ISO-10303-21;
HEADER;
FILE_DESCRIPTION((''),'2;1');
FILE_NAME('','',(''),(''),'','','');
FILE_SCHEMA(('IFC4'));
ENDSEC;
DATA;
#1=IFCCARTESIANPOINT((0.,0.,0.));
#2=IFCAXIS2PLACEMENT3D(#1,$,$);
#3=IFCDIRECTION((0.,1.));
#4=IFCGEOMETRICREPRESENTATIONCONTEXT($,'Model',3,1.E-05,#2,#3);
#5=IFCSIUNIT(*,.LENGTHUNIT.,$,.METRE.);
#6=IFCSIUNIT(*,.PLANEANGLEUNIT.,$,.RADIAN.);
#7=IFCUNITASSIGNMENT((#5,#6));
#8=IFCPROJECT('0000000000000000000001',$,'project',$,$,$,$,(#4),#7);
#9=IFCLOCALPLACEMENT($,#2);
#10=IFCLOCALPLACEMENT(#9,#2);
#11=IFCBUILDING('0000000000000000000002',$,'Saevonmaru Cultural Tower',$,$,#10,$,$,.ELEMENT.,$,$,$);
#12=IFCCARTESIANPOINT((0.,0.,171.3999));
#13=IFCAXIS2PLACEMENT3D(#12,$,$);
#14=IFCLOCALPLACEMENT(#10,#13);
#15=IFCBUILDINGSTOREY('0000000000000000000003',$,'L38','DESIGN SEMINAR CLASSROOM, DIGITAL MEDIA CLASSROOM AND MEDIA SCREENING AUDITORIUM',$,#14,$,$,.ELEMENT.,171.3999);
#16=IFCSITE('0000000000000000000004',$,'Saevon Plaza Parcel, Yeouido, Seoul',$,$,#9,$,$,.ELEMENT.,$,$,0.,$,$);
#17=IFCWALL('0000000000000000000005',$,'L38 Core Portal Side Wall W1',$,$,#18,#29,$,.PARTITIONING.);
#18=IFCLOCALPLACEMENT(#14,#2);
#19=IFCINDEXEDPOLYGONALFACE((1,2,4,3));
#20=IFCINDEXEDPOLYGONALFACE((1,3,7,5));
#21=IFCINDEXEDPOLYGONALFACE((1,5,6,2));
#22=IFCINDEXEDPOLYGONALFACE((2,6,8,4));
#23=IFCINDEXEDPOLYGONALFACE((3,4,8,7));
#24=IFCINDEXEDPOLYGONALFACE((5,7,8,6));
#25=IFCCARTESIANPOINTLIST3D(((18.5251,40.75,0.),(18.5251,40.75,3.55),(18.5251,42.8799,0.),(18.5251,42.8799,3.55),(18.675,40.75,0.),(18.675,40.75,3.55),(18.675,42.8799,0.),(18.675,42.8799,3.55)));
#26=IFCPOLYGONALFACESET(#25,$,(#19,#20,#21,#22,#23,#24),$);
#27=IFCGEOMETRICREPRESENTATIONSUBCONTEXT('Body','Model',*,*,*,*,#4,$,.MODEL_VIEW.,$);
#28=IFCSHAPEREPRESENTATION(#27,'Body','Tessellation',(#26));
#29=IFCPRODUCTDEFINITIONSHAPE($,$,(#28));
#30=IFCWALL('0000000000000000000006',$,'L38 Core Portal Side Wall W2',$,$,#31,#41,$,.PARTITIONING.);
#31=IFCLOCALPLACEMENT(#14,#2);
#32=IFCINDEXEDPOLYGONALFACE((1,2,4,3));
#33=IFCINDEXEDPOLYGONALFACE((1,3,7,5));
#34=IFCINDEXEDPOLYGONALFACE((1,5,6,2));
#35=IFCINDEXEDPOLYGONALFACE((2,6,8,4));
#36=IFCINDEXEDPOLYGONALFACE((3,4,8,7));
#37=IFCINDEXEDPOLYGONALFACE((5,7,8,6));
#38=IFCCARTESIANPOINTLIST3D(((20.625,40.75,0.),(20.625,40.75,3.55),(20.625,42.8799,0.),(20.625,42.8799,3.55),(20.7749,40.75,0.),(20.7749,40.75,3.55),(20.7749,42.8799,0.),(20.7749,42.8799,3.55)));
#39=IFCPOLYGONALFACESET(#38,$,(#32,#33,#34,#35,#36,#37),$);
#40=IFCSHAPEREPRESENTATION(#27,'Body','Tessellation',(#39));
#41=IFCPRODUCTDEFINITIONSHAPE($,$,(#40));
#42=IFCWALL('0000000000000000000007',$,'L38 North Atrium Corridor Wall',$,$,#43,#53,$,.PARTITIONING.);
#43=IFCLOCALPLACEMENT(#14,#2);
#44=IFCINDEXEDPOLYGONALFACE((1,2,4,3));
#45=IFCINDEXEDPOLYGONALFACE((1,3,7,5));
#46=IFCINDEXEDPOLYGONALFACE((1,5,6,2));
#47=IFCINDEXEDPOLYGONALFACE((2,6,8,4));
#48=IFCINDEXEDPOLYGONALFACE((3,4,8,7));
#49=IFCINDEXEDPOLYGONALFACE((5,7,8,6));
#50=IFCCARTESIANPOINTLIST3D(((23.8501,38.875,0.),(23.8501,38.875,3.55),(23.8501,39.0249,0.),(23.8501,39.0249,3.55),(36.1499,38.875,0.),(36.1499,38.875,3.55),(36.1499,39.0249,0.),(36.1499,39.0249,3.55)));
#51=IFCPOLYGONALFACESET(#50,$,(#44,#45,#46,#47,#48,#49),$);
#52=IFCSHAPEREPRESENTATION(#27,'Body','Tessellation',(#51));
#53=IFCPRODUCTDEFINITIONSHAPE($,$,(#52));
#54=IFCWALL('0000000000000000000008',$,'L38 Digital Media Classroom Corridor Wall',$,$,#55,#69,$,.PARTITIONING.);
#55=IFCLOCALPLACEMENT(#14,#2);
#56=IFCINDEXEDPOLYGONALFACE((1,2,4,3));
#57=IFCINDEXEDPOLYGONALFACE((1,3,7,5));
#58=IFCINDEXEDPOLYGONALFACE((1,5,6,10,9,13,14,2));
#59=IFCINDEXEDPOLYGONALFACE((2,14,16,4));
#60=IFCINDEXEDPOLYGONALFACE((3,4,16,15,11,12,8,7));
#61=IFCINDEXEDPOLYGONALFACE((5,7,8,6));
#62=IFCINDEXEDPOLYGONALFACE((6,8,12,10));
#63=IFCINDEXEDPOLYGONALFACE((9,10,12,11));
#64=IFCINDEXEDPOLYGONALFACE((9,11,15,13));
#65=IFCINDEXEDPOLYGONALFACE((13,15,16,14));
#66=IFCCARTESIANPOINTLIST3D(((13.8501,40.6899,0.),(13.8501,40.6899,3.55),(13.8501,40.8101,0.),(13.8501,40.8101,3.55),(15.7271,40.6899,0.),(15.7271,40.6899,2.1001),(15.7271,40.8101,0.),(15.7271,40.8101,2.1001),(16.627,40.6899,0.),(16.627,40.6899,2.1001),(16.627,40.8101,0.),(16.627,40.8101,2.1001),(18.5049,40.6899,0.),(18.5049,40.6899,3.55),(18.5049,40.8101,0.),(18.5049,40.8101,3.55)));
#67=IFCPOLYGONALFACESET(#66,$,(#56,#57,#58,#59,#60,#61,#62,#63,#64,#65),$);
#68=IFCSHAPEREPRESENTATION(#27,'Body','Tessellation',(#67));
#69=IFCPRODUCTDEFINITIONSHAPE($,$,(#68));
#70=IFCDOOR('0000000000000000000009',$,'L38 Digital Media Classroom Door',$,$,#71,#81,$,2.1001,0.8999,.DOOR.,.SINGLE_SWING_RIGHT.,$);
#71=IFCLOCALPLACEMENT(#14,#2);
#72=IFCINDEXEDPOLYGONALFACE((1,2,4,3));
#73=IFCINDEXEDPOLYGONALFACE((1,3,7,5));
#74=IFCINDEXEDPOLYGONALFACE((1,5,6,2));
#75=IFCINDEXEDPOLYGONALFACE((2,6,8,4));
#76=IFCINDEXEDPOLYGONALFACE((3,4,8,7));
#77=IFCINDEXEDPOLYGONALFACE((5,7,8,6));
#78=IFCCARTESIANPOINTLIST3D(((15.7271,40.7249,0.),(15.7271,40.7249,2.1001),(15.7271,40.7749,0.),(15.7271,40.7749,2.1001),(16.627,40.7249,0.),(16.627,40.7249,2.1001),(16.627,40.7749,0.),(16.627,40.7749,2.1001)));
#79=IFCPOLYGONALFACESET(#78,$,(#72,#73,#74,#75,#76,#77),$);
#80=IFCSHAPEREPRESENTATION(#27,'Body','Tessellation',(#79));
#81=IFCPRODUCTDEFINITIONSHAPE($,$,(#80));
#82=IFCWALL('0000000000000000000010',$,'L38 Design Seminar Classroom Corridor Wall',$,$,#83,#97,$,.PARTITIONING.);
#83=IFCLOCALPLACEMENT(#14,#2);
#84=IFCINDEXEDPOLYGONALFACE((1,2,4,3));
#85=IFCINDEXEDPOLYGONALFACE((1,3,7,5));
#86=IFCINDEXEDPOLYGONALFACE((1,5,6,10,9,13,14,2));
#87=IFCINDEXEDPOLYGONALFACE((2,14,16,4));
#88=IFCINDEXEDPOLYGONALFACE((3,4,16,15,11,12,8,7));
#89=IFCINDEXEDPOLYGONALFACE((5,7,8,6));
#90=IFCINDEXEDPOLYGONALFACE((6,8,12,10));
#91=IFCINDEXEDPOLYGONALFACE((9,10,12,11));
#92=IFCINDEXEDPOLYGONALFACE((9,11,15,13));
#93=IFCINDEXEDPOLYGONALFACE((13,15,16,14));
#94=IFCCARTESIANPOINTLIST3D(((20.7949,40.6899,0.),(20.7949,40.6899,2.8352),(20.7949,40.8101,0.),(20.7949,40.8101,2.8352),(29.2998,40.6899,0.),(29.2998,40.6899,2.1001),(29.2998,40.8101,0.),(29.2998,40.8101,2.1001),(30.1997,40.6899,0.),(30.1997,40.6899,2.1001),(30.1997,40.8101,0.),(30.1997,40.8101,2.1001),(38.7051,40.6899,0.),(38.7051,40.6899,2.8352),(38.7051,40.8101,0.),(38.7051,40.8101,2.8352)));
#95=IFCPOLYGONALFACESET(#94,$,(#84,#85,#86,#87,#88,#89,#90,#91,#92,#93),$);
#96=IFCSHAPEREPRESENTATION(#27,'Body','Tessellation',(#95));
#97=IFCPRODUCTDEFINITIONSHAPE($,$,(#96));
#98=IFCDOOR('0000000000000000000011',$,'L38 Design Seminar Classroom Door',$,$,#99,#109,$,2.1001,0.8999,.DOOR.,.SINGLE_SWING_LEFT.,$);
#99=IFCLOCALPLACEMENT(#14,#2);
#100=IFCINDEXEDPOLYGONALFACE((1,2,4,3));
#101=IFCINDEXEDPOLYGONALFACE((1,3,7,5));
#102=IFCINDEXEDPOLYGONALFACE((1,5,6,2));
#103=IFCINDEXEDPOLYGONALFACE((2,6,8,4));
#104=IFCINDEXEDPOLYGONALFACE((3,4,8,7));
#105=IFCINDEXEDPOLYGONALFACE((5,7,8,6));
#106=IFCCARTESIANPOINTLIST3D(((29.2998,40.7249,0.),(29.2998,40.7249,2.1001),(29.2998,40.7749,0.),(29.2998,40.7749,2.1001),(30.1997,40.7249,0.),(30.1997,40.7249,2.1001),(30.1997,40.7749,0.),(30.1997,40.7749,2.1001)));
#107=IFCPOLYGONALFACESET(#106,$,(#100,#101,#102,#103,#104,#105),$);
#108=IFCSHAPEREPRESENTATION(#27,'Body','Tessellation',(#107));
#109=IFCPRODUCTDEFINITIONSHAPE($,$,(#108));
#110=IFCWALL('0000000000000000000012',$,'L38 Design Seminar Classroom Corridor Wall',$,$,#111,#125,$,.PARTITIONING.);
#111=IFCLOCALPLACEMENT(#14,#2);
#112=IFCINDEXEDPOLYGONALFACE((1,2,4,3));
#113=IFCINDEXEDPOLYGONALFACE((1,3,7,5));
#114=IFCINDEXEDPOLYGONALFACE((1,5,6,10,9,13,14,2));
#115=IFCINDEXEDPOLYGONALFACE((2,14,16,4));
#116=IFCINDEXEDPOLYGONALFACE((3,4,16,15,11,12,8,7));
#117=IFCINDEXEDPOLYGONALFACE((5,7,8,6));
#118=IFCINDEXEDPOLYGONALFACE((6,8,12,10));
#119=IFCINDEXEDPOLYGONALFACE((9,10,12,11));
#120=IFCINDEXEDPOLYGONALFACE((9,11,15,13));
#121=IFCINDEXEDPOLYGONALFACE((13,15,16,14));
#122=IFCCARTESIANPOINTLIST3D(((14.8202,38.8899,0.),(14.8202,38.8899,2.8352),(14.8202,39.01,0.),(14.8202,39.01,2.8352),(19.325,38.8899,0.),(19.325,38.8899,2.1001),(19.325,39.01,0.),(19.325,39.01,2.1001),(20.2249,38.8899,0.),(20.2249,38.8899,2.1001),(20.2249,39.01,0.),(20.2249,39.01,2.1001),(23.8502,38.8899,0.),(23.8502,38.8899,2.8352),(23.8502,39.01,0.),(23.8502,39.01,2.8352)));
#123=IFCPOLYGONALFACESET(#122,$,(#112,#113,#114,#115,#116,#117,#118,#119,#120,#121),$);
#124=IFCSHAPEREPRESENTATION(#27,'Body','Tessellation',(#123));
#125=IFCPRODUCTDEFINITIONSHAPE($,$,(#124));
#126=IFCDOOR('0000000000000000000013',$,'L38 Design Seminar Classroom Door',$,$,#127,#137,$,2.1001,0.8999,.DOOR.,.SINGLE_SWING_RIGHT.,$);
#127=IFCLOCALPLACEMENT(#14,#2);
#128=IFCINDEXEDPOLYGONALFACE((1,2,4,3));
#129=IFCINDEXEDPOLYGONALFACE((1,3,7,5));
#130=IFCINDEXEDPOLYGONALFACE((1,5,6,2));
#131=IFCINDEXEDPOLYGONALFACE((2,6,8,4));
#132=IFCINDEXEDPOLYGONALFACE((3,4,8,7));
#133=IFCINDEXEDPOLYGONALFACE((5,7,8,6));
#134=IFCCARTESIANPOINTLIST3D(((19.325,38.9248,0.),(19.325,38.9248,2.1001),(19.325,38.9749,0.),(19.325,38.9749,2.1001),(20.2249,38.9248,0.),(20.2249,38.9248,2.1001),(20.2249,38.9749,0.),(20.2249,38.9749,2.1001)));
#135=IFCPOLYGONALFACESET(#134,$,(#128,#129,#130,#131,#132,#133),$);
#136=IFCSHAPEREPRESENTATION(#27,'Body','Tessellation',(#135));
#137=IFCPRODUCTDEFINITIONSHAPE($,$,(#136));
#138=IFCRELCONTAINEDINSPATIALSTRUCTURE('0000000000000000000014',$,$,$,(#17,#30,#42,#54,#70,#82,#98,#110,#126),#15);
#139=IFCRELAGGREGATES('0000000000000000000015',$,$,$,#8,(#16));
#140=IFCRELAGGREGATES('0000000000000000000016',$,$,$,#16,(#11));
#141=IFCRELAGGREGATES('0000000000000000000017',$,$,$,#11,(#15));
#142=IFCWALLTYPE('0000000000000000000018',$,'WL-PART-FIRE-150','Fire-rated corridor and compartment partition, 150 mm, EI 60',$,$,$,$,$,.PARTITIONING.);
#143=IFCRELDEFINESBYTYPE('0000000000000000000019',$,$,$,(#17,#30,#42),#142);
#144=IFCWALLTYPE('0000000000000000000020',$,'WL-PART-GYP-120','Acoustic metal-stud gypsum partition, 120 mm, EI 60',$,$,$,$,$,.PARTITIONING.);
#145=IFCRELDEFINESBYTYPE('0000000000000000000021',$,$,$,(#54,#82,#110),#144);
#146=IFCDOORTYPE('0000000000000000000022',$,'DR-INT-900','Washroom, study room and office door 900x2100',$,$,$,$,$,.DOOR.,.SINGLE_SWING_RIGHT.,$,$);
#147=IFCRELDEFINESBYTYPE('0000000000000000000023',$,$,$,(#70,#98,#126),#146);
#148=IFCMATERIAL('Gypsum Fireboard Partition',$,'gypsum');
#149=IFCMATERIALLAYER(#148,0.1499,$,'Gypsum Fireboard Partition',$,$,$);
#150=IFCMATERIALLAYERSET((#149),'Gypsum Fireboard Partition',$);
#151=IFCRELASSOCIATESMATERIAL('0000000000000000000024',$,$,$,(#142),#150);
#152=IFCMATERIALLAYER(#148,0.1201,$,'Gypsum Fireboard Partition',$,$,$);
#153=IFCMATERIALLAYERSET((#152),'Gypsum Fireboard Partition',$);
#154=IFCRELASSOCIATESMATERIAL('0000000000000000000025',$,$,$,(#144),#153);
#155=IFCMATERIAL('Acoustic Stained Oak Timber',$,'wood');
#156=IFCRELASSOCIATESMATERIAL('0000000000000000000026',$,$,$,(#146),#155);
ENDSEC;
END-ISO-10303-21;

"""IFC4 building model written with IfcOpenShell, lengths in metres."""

from ifc_helpers import new_model, si_unit, direction, frame, frame_2d, origin, place, context, subcontext, project, spatial, rectangle, extrude, material, layer, layer_set, type_object, element, fill, save


model = new_model("IFC4")

# Units and contexts
model_context = context("Model", 3, precision=1e-05, world=origin(), true_north=direction((0.0, 1.0)))
body_context = subcontext(model_context, "Body", "Model", "MODEL_VIEW")
ifc_project = project(units=[si_unit("LENGTHUNIT", "METRE"), si_unit("PLANEANGLEUNIT", "RADIAN")], contexts=[model_context])

# Site, building, storey
site_placement = place(None, origin())
site = spatial("IfcSite", under=ifc_project, at=site_placement, Name="Saevon Plaza Parcel, Yeouido, Seoul", CompositionType="ELEMENT", RefElevation=0.0)
building_placement = place(site_placement, origin())
building = spatial("IfcBuilding", under=site, at=building_placement, Name="Saevonmaru Cultural Tower", CompositionType="ELEMENT")
storey_placement = place(building_placement, frame((0.0, 0.0, 171.3999)))
storey = spatial("IfcBuildingStorey", under=building, at=storey_placement, Name="L38", Description="DESIGN SEMINAR CLASSROOM, DIGITAL MEDIA CLASSROOM AND MEDIA SCREENING AUDITORIUM", CompositionType="ELEMENT", Elevation=171.3999)

# Walls
ifc_material_1 = material(Name="Gypsum Fireboard Partition", Category="gypsum")
ifc_layer_1 = layer(ifc_material_1, 0.1499, Name="Gypsum Fireboard Partition")
ifc_layer_set_1 = layer_set([ifc_layer_1], Name="Gypsum Fireboard Partition")
wall_type_1 = type_object("IfcWallType", Name="WL-PART-FIRE-150", Description="Fire-rated corridor and compartment partition, 150 mm, EI 60", PredefinedType="PARTITIONING", material=ifc_layer_set_1)
for number, where, z_axis, x_axis, name in (
    (1, (18.6001, 40.75, 0.0), (0.0, 0.0, 1.0), (0.0, 1.0, 0.0), "L38 Core Portal Side Wall W1"),
    (2, (20.7, 40.75, 0.0), (0.0, 0.0, 1.0), (0.0, 1.0, 0.0), "L38 Core Portal Side Wall W2"),
):
    element("IfcWall", number, at=place(storey_placement, frame(where, z_axis=z_axis, x_axis=x_axis)), inside=storey, type_object=wall_type_1, Name=name, PredefinedType="PARTITIONING", context=body_context, shape_type="SweptSolid", body=[
        extrude(rectangle(XDim=2.1299, YDim=0.1499, at=frame_2d((1.0649, 0.0))), origin(), (0.0, 0.0, 1.0), 3.55),
    ])
wall_1_placement = place(storey_placement, frame((23.8501, 38.95, 0.0), z_axis=(0.0, 0.0, 1.0), x_axis=(1.0, 0.0, 0.0)))
element("IfcWall", 3, at=wall_1_placement, inside=storey, type_object=wall_type_1, Name="L38 North Atrium Corridor Wall", PredefinedType="PARTITIONING", context=body_context, shape_type="SweptSolid", body=[
    extrude(rectangle(XDim=12.2998, YDim=0.1499, at=frame_2d((6.1499, 0.0))), origin(), (0.0, 0.0, 1.0), 3.55),
])

# Walls, openings, doors
ifc_layer_2 = layer(ifc_material_1, 0.1201, Name="Gypsum Fireboard Partition")
ifc_layer_set_2 = layer_set([ifc_layer_2], Name="Gypsum Fireboard Partition")
wall_type_2 = type_object("IfcWallType", Name="WL-PART-GYP-120", Description="Acoustic metal-stud gypsum partition, 120 mm, EI 60", PredefinedType="PARTITIONING", material=ifc_layer_set_2)
wall_2_placement = place(storey_placement, frame((13.8501, 40.75, 0.0), z_axis=(0.0, 0.0, 1.0), x_axis=(1.0, 0.0, 0.0)))
wall_2 = element("IfcWall", 4, at=wall_2_placement, inside=storey, type_object=wall_type_2, Name="L38 Digital Media Classroom Corridor Wall", PredefinedType="PARTITIONING", context=body_context, shape_type="SweptSolid", body=[
    extrude(rectangle(XDim=4.6548, YDim=0.1201, at=frame_2d((2.3274, 0.0))), origin(), (0.0, 0.0, 1.0), 3.55),
])
opening_1_placement = place(wall_2_placement, frame((1.877, 0.0, 0.0)))
opening_1 = element("IfcOpeningElement", 5, at=opening_1_placement, cuts=wall_2, PredefinedType="OPENING", context=body_context, shape_type="SweptSolid", body=[
    extrude(rectangle(XDim=0.8999, YDim=2.1001, at=frame_2d((0.45, 1.05))), frame((0.0, 0.0701, 0.0), z_axis=(0.0, -1.0, 0.0), x_axis=(1.0, 0.0, 0.0)), (0.0, 0.0, 1.0), 0.1401),
])
ifc_material_2 = material(Name="Acoustic Stained Oak Timber", Category="wood")
door_type = type_object("IfcDoorType", Name="DR-INT-900", Description="Washroom, study room and office door 900x2100", OperationType="SINGLE_SWING_RIGHT", PredefinedType="DOOR", material=ifc_material_2)
door_1_placement = place(opening_1_placement, origin())
door_1 = element("IfcDoor", 6, at=door_1_placement, inside=storey, type_object=door_type, Name="L38 Digital Media Classroom Door", OperationType="SINGLE_SWING_RIGHT", OverallHeight=2.1001, OverallWidth=0.8999, PredefinedType="DOOR", context=body_context, shape_type="SweptSolid", body=[
    extrude(rectangle(XDim=0.8999, YDim=2.1001, at=frame_2d((0.45, 1.05))), frame((0.0, 0.0249, 0.0), z_axis=(0.0, -1.0, 0.0), x_axis=(1.0, 0.0, 0.0)), (0.0, 0.0, 1.0), 0.05),
])
fill(opening_1, door_1)
wall_3_placement = place(storey_placement, frame((20.7949, 40.75, 0.0), z_axis=(0.0, 0.0, 1.0), x_axis=(1.0, 0.0, 0.0)))
wall_3 = element("IfcWall", 7, at=wall_3_placement, inside=storey, type_object=wall_type_2, Name="L38 Design Seminar Classroom Corridor Wall", PredefinedType="PARTITIONING", context=body_context, shape_type="SweptSolid", body=[
    extrude(rectangle(XDim=17.9102, YDim=0.1201, at=frame_2d((8.9551, 0.0))), origin(), (0.0, 0.0, 1.0), 2.8352),
])
opening_2_placement = place(wall_3_placement, frame((8.5049, 0.0, 0.0)))
opening_2 = element("IfcOpeningElement", 8, at=opening_2_placement, cuts=wall_3, PredefinedType="OPENING", context=body_context, shape_type="SweptSolid", body=[
    extrude(rectangle(XDim=0.8999, YDim=2.1001, at=frame_2d((0.45, 1.05))), frame((0.0, 0.0701, 0.0), z_axis=(0.0, -1.0, 0.0), x_axis=(1.0, 0.0, 0.0)), (0.0, 0.0, 1.0), 0.1401),
])
door_2_placement = place(opening_2_placement, origin())
door_2 = element("IfcDoor", 9, at=door_2_placement, inside=storey, type_object=door_type, Name="L38 Design Seminar Classroom Door", OperationType="SINGLE_SWING_LEFT", OverallHeight=2.1001, OverallWidth=0.8999, PredefinedType="DOOR", context=body_context, shape_type="SweptSolid", body=[
    extrude(rectangle(XDim=0.8999, YDim=2.1001, at=frame_2d((0.45, 1.05))), frame((0.0, 0.0249, 0.0), z_axis=(0.0, -1.0, 0.0), x_axis=(1.0, 0.0, 0.0)), (0.0, 0.0, 1.0), 0.05),
])
fill(opening_2, door_2)
wall_4_placement = place(storey_placement, frame((14.8201, 38.95, 0.0), z_axis=(0.0, 0.0, 1.0), x_axis=(1.0, 0.0, 0.0)))
wall_4 = element("IfcWall", 10, at=wall_4_placement, inside=storey, type_object=wall_type_2, Name="L38 Design Seminar Classroom Corridor Wall", PredefinedType="PARTITIONING", context=body_context, shape_type="SweptSolid", body=[
    extrude(rectangle(XDim=9.03, YDim=0.1201, at=frame_2d((4.5151, 0.0))), origin(), (0.0, 0.0, 1.0), 2.8352),
])
opening_3_placement = place(wall_4_placement, frame((4.5049, 0.0, 0.0)))
opening_3 = element("IfcOpeningElement", 11, at=opening_3_placement, cuts=wall_4, PredefinedType="OPENING", context=body_context, shape_type="SweptSolid", body=[
    extrude(rectangle(XDim=0.8999, YDim=2.1001, at=frame_2d((0.45, 1.05))), frame((0.0, 0.0701, 0.0), z_axis=(0.0, -1.0, 0.0), x_axis=(1.0, 0.0, 0.0)), (0.0, 0.0, 1.0), 0.1401),
])
door_3_placement = place(opening_3_placement, origin())
door_3 = element("IfcDoor", 12, at=door_3_placement, inside=storey, type_object=door_type, Name="L38 Design Seminar Classroom Door", OperationType="SINGLE_SWING_RIGHT", OverallHeight=2.1001, OverallWidth=0.8999, PredefinedType="DOOR", context=body_context, shape_type="SweptSolid", body=[
    extrude(rectangle(XDim=0.8999, YDim=2.1001, at=frame_2d((0.45, 1.05))), frame((0.0, 0.0249, 0.0), z_axis=(0.0, -1.0, 0.0), x_axis=(1.0, 0.0, 0.0)), (0.0, 0.0, 1.0), 0.05),
])
fill(opening_3, door_3)

save(model, "model.ifc")
